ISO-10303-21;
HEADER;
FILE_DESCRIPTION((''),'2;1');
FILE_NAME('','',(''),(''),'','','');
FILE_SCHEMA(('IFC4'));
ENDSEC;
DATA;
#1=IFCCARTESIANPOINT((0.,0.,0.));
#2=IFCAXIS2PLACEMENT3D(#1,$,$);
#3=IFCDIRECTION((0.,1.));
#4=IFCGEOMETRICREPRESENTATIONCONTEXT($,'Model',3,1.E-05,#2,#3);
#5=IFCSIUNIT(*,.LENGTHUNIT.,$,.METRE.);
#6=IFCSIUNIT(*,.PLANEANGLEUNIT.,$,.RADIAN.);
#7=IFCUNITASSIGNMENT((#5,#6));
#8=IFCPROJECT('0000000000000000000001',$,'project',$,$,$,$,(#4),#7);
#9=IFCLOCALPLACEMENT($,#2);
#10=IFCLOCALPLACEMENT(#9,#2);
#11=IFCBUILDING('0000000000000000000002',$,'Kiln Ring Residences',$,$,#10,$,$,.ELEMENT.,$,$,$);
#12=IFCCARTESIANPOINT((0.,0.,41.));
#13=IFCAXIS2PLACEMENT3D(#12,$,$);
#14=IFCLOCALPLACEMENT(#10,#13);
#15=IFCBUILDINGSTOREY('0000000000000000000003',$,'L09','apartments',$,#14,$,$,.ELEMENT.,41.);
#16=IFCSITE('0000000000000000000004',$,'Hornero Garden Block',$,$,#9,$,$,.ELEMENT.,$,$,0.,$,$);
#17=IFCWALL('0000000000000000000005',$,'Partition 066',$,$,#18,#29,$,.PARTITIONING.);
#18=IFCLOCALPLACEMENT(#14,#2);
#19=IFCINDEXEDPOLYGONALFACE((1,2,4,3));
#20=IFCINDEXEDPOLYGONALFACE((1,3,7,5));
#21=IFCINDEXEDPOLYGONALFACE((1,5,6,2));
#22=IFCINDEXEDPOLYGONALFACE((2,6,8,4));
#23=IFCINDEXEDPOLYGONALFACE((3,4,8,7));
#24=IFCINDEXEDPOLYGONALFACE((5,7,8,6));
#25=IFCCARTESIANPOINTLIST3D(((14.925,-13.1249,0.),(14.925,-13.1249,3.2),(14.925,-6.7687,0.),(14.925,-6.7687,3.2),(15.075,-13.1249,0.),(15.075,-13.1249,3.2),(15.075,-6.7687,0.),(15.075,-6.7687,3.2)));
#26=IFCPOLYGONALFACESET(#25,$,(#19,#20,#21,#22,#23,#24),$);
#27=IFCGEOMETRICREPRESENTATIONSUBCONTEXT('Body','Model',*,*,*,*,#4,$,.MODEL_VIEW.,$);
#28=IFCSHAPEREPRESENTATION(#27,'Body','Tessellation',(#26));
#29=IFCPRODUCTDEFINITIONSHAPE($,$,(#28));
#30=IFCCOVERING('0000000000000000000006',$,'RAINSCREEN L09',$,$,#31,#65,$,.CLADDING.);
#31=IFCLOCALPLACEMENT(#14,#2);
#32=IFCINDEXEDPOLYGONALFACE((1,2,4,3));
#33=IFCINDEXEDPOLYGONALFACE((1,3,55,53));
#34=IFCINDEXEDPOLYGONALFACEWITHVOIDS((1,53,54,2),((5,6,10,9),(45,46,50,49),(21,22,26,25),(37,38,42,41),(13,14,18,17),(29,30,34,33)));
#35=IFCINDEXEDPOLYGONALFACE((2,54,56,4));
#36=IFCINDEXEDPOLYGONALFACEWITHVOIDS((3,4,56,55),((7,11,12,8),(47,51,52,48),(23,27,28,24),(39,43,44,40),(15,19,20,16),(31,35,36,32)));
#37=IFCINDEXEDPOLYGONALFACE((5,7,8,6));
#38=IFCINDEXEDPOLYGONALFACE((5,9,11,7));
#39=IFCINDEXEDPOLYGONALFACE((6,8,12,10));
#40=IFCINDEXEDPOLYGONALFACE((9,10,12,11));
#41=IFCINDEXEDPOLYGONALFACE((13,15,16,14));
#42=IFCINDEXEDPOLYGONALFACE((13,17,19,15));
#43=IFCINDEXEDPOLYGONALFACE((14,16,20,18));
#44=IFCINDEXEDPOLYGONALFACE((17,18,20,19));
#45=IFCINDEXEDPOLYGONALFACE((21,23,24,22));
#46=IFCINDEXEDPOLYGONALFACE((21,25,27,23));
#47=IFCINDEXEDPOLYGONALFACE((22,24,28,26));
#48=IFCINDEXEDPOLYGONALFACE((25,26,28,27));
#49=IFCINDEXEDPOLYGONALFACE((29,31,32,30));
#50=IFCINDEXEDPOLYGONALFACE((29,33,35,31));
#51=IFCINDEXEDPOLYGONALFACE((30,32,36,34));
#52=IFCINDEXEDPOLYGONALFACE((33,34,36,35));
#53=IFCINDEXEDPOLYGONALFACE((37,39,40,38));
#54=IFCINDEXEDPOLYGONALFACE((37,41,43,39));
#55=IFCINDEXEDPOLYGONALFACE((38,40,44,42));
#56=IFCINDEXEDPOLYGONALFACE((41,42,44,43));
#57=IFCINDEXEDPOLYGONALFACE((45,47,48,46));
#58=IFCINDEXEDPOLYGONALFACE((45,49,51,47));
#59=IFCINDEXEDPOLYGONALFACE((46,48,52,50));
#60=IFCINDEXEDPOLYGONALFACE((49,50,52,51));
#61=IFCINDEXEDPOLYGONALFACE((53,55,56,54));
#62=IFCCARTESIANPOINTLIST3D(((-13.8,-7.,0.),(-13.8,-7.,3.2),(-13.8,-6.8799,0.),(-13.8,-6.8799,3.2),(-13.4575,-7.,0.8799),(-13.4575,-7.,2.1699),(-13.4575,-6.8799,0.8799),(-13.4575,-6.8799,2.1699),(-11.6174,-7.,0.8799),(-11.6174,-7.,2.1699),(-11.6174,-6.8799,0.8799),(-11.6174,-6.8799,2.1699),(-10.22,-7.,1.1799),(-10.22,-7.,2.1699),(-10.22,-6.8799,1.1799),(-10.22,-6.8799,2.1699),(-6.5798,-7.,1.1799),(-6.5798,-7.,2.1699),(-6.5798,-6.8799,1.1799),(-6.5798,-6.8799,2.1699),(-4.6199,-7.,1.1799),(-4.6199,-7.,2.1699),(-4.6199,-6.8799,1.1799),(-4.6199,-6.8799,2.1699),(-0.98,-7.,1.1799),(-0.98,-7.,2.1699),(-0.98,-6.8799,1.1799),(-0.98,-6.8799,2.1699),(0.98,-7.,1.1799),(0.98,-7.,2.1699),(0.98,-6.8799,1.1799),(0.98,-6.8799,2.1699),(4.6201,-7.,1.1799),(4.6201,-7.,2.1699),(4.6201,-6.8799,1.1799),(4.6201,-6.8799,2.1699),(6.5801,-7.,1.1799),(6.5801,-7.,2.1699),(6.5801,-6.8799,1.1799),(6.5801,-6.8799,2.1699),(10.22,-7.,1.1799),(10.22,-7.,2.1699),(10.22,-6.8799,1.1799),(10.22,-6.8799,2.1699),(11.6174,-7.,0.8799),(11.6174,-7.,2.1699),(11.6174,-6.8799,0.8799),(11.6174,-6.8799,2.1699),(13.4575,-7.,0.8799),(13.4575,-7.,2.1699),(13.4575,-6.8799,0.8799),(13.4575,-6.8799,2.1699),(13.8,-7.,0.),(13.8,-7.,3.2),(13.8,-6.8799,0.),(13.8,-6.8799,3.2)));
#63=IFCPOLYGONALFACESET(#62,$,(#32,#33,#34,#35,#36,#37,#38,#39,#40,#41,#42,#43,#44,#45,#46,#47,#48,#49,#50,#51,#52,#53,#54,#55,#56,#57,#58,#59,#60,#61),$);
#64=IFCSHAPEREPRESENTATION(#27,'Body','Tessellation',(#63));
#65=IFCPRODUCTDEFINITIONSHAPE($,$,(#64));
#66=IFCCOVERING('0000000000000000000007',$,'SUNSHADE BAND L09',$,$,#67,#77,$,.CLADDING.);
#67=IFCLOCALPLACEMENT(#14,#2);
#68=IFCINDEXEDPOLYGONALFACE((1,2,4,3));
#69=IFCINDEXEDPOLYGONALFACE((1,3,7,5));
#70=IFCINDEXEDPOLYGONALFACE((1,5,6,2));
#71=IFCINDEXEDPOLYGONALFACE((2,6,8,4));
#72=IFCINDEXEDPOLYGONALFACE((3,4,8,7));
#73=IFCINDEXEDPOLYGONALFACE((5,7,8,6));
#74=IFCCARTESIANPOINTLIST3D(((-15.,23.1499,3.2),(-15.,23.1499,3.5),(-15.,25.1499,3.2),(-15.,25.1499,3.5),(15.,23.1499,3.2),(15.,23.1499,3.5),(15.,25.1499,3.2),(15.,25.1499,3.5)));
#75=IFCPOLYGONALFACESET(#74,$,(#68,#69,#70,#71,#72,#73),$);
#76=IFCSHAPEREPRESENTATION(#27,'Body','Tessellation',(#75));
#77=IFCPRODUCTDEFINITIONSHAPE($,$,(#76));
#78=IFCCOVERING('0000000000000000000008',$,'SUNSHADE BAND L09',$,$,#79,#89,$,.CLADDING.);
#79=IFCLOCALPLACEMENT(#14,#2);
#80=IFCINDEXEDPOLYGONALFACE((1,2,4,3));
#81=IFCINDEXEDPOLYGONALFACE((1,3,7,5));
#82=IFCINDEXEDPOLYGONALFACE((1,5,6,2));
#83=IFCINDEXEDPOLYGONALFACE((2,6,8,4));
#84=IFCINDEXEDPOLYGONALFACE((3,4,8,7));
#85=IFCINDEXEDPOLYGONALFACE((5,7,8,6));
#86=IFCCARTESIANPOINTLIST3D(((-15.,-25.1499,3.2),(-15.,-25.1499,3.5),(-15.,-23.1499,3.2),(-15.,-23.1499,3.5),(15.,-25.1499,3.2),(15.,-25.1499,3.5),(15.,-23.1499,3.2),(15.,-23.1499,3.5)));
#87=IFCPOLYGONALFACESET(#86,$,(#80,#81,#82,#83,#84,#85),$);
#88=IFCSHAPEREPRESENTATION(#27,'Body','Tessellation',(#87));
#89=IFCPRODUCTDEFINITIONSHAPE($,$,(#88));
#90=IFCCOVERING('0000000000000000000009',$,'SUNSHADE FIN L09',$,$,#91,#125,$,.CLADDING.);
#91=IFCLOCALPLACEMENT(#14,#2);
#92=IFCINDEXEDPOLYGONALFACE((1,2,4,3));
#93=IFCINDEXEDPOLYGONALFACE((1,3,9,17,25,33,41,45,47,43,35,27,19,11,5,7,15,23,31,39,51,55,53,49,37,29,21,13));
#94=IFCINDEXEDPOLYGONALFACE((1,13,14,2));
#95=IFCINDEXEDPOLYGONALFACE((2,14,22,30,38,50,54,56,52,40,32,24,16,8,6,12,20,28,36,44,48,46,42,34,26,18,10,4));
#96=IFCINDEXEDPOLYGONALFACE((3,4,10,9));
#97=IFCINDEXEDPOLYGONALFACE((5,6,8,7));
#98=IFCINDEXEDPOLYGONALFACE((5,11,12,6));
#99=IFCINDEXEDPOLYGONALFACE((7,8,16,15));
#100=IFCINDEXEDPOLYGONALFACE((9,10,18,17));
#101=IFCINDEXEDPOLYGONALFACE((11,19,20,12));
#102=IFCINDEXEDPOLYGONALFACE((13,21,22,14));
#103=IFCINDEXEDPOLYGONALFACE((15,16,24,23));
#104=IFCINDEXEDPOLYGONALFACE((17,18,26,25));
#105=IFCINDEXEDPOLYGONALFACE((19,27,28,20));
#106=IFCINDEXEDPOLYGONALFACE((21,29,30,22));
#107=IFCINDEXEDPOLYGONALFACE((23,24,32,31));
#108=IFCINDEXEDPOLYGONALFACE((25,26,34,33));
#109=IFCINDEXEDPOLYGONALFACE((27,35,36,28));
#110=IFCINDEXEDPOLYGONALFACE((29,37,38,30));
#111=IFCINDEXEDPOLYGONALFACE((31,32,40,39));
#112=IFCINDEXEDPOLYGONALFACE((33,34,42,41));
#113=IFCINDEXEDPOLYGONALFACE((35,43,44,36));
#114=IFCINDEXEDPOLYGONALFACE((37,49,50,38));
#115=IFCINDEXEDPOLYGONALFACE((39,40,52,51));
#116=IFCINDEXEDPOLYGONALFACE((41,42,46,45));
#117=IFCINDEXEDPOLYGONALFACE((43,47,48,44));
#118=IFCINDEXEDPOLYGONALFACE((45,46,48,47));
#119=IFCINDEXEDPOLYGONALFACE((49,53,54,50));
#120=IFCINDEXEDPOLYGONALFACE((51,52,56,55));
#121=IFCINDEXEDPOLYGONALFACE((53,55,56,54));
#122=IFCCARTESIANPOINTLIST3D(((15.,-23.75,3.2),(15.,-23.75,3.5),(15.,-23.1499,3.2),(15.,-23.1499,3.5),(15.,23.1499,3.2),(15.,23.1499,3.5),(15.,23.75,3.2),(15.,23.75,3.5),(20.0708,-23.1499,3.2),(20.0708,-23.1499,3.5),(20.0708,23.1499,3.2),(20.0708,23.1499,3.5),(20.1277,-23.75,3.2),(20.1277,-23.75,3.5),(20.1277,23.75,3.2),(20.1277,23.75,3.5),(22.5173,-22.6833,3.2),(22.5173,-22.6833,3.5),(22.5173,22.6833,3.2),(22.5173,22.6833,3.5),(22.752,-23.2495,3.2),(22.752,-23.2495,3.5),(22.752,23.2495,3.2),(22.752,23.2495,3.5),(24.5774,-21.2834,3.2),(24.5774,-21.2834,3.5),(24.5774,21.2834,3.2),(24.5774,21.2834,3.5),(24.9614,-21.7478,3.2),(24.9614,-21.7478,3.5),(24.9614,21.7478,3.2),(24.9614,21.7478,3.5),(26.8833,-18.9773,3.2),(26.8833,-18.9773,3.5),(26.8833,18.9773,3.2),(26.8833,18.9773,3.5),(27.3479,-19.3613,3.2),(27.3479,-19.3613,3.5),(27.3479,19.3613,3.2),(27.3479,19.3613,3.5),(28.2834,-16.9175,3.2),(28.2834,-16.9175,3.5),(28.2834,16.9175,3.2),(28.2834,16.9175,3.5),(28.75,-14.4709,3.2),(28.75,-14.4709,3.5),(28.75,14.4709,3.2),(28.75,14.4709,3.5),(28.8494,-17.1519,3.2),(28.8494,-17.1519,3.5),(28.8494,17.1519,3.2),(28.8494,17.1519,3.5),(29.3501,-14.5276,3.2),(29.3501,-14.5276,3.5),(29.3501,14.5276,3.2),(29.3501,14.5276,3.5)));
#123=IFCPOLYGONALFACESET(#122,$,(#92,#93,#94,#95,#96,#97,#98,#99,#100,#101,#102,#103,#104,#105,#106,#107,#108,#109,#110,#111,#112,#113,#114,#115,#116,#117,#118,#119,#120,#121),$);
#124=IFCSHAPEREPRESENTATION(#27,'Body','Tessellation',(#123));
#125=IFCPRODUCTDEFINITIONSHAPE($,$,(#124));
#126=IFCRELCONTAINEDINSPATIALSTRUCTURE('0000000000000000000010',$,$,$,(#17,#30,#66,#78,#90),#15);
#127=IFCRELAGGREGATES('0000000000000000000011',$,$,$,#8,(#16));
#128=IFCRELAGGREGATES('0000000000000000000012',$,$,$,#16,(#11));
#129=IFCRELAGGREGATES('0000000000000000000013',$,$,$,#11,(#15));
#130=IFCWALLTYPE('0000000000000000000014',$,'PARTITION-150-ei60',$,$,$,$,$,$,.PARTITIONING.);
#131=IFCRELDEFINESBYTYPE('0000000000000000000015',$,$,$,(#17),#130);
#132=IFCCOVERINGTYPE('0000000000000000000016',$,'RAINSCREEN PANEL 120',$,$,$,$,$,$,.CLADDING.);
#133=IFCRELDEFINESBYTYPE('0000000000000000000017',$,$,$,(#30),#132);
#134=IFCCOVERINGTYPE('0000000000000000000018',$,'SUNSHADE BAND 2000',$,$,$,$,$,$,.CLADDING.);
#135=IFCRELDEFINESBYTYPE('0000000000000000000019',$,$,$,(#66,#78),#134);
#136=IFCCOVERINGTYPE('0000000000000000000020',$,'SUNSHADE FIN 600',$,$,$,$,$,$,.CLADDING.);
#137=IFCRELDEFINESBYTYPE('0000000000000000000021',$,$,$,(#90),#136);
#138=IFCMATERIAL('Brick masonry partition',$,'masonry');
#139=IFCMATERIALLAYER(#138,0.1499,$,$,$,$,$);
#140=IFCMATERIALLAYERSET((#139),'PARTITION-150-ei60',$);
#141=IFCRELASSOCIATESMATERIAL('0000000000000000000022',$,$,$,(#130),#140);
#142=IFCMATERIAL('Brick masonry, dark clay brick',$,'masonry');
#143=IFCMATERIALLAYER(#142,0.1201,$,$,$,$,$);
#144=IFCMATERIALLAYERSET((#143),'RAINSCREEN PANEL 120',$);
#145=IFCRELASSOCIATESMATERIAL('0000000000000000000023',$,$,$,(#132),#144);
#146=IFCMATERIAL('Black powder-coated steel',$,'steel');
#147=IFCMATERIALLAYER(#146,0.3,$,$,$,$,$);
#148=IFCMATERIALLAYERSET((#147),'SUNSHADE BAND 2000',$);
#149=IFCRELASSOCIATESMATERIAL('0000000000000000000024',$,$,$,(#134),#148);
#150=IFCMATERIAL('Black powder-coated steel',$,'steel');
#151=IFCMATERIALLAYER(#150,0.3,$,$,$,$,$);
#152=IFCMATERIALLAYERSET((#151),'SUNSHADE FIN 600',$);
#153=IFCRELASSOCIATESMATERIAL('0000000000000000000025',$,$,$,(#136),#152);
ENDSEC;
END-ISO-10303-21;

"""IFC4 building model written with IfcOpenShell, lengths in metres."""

from ifc_helpers import new_model, si_unit, direction, frame, frame_2d, origin, place, context, subcontext, project, spatial, polyline, rectangle, outline, extrude, material, layer, layer_set, type_object, element, save


model = new_model("IFC4")

# Units and contexts
model_context = context("Model", 3, precision=1e-05, world=origin(), true_north=direction((0.0, 1.0)))
body_context = subcontext(model_context, "Body", "Model", "MODEL_VIEW")
ifc_project = project(units=[si_unit("LENGTHUNIT", "METRE"), si_unit("PLANEANGLEUNIT", "RADIAN")], contexts=[model_context])

# Site, building, storey
site_placement = place(None, origin())
site = spatial("IfcSite", under=ifc_project, at=site_placement, Name="Hornero Garden Block", CompositionType="ELEMENT", RefElevation=0.0)
building_placement = place(site_placement, origin())
building = spatial("IfcBuilding", under=site, at=building_placement, Name="Kiln Ring Residences", CompositionType="ELEMENT")
storey_placement = place(building_placement, frame((0.0, 0.0, 41.0)))
storey = spatial("IfcBuildingStorey", under=building, at=storey_placement, Name="L09", Description="apartments", CompositionType="ELEMENT", Elevation=41.0)

# Wall
ifc_material_1 = material(Name="Brick masonry partition", Category="masonry")
ifc_layer_1 = layer(ifc_material_1, 0.1499)
ifc_layer_set_1 = layer_set([ifc_layer_1], Name="PARTITION-150-ei60")
wall_type_1 = type_object("IfcWallType", Name="PARTITION-150-ei60", PredefinedType="PARTITIONING", material=ifc_layer_set_1)
wall_1_placement = place(storey_placement, frame((15.0, -13.125, 0.0), z_axis=(0.0, 0.0, 1.0), x_axis=(0.0, 1.0, 0.0)))
element("IfcWall", 1, at=wall_1_placement, inside=storey, type_object=wall_type_1, Name="Partition 066", PredefinedType="PARTITIONING", context=body_context, shape_type="SweptSolid", body=[
    extrude(rectangle(XDim=6.3562, YDim=0.1499, at=frame_2d((3.1782, 0.0))), origin(), (0.0, 0.0, 1.0), 3.2),
])

# Coverings
ifc_material_2 = material(Name="Brick masonry, dark clay brick", Category="masonry")
ifc_layer_2 = layer(ifc_material_2, 0.1201)
ifc_layer_set_2 = layer_set([ifc_layer_2], Name="RAINSCREEN PANEL 120")
covering_type_1 = type_object("IfcCoveringType", Name="RAINSCREEN PANEL 120", PredefinedType="CLADDING", material=ifc_layer_set_2)
covering_1_placement = place(storey_placement, frame((13.8, -6.9399, 0.0), z_axis=(0.0, 0.0, 1.0), x_axis=(-1.0, 0.0, 0.0)))
element("IfcCovering", 2, at=covering_1_placement, inside=storey, type_object=covering_type_1, Name="RAINSCREEN L09", PredefinedType="CLADDING", context=body_context, shape_type="SweptSolid", body=[
    extrude(outline(polyline([(0.0, 0.0), (27.6001, 0.0), (27.6001, 3.2), (0.0, 3.2), (0.0, 0.0)]), holes=[polyline([(2.1826, 0.8799), (2.1826, 2.1699), (0.3425, 2.1699), (0.3425, 0.8799), (2.1826, 0.8799)]), polyline([(25.4175, 0.8799), (27.2576, 0.8799), (27.2576, 2.1699), (25.4175, 2.1699), (25.4175, 0.8799)]), polyline([(3.5801, 1.1799), (7.22, 1.1799), (7.22, 2.1699), (3.5801, 2.1699), (3.5801, 1.1799)]), polyline([(12.8201, 1.1799), (12.8201, 2.1699), (9.1799, 2.1699), (9.1799, 1.1799), (12.8201, 1.1799)]), polyline([(14.78, 1.1799), (18.4199, 1.1799), (18.4199, 2.1699), (14.78, 2.1699), (14.78, 1.1799)]), polyline([(20.3799, 1.1799), (24.02, 1.1799), (24.02, 2.1699), (20.3799, 2.1699), (20.3799, 1.1799)])]), frame((0.0, 0.0601, 0.0), z_axis=(0.0, -1.0, 0.0), x_axis=(1.0, 0.0, 0.0)), (0.0, 0.0, 1.0), 0.1201),
])
ifc_material_3 = material(Name="Black powder-coated steel", Category="steel")
ifc_layer_3 = layer(ifc_material_3, 0.3)
ifc_layer_set_3 = layer_set([ifc_layer_3], Name="SUNSHADE BAND 2000")
covering_type_2 = type_object("IfcCoveringType", Name="SUNSHADE BAND 2000", PredefinedType="CLADDING", material=ifc_layer_set_3)
placement_1 = place(storey_placement, frame((0.0, 0.0, 3.2)))
element("IfcCovering", 3, at=placement_1, inside=storey, type_object=covering_type_2, Name="SUNSHADE BAND L09", PredefinedType="CLADDING", context=body_context, shape_type="SweptSolid", body=[
    extrude(outline(polyline([(15.0, 25.1499), (-15.0, 25.1499), (-15.0, 23.1499), (15.0, 23.1499), (15.0, 25.1499)])), origin(), (0.0, 0.0, 1.0), 0.3),
])
element("IfcCovering", 4, at=placement_1, inside=storey, type_object=covering_type_2, Name="SUNSHADE BAND L09", PredefinedType="CLADDING", context=body_context, shape_type="SweptSolid", body=[
    extrude(outline(polyline([(-15.0, -25.1499), (15.0, -25.1499), (15.0, -23.1499), (-15.0, -23.1499), (-15.0, -25.1499)])), origin(), (0.0, 0.0, 1.0), 0.3),
])
ifc_material_4 = material(Name="Black powder-coated steel", Category="steel")
ifc_layer_4 = layer(ifc_material_4, 0.3)
ifc_layer_set_4 = layer_set([ifc_layer_4], Name="SUNSHADE FIN 600")
covering_type_3 = type_object("IfcCoveringType", Name="SUNSHADE FIN 600", PredefinedType="CLADDING", material=ifc_layer_set_4)
element("IfcCovering", 5, at=placement_1, inside=storey, type_object=covering_type_3, Name="SUNSHADE FIN L09", PredefinedType="CLADDING", context=body_context, shape_type="SweptSolid", body=[
    extrude(outline(polyline([(20.1277, 23.75), (15.0, 23.75), (15.0, 23.1499), (20.0708, 23.1499), (22.5173, 22.6833), (24.5774, 21.2834), (26.8833, 18.9773), (28.2834, 16.9175), (28.75, 14.4709), (28.75, -14.4709), (28.2834, -16.9175), (26.8833, -18.9773), (24.5774, -21.2834), (22.5173, -22.6833), (20.0708, -23.1499), (15.0, -23.1499), (15.0, -23.75), (20.1277, -23.75), (22.752, -23.2495), (24.9614, -21.7478), (27.3479, -19.3613), (28.8494, -17.1519), (29.3501, -14.5276), (29.3501, 14.5276), (28.8494, 17.1519), (27.3479, 19.3613), (24.9614, 21.7478), (22.752, 23.2495), (20.1277, 23.75)])), origin(), (0.0, 0.0, 1.0), 0.3),
])

save(model, "model.ifc")
